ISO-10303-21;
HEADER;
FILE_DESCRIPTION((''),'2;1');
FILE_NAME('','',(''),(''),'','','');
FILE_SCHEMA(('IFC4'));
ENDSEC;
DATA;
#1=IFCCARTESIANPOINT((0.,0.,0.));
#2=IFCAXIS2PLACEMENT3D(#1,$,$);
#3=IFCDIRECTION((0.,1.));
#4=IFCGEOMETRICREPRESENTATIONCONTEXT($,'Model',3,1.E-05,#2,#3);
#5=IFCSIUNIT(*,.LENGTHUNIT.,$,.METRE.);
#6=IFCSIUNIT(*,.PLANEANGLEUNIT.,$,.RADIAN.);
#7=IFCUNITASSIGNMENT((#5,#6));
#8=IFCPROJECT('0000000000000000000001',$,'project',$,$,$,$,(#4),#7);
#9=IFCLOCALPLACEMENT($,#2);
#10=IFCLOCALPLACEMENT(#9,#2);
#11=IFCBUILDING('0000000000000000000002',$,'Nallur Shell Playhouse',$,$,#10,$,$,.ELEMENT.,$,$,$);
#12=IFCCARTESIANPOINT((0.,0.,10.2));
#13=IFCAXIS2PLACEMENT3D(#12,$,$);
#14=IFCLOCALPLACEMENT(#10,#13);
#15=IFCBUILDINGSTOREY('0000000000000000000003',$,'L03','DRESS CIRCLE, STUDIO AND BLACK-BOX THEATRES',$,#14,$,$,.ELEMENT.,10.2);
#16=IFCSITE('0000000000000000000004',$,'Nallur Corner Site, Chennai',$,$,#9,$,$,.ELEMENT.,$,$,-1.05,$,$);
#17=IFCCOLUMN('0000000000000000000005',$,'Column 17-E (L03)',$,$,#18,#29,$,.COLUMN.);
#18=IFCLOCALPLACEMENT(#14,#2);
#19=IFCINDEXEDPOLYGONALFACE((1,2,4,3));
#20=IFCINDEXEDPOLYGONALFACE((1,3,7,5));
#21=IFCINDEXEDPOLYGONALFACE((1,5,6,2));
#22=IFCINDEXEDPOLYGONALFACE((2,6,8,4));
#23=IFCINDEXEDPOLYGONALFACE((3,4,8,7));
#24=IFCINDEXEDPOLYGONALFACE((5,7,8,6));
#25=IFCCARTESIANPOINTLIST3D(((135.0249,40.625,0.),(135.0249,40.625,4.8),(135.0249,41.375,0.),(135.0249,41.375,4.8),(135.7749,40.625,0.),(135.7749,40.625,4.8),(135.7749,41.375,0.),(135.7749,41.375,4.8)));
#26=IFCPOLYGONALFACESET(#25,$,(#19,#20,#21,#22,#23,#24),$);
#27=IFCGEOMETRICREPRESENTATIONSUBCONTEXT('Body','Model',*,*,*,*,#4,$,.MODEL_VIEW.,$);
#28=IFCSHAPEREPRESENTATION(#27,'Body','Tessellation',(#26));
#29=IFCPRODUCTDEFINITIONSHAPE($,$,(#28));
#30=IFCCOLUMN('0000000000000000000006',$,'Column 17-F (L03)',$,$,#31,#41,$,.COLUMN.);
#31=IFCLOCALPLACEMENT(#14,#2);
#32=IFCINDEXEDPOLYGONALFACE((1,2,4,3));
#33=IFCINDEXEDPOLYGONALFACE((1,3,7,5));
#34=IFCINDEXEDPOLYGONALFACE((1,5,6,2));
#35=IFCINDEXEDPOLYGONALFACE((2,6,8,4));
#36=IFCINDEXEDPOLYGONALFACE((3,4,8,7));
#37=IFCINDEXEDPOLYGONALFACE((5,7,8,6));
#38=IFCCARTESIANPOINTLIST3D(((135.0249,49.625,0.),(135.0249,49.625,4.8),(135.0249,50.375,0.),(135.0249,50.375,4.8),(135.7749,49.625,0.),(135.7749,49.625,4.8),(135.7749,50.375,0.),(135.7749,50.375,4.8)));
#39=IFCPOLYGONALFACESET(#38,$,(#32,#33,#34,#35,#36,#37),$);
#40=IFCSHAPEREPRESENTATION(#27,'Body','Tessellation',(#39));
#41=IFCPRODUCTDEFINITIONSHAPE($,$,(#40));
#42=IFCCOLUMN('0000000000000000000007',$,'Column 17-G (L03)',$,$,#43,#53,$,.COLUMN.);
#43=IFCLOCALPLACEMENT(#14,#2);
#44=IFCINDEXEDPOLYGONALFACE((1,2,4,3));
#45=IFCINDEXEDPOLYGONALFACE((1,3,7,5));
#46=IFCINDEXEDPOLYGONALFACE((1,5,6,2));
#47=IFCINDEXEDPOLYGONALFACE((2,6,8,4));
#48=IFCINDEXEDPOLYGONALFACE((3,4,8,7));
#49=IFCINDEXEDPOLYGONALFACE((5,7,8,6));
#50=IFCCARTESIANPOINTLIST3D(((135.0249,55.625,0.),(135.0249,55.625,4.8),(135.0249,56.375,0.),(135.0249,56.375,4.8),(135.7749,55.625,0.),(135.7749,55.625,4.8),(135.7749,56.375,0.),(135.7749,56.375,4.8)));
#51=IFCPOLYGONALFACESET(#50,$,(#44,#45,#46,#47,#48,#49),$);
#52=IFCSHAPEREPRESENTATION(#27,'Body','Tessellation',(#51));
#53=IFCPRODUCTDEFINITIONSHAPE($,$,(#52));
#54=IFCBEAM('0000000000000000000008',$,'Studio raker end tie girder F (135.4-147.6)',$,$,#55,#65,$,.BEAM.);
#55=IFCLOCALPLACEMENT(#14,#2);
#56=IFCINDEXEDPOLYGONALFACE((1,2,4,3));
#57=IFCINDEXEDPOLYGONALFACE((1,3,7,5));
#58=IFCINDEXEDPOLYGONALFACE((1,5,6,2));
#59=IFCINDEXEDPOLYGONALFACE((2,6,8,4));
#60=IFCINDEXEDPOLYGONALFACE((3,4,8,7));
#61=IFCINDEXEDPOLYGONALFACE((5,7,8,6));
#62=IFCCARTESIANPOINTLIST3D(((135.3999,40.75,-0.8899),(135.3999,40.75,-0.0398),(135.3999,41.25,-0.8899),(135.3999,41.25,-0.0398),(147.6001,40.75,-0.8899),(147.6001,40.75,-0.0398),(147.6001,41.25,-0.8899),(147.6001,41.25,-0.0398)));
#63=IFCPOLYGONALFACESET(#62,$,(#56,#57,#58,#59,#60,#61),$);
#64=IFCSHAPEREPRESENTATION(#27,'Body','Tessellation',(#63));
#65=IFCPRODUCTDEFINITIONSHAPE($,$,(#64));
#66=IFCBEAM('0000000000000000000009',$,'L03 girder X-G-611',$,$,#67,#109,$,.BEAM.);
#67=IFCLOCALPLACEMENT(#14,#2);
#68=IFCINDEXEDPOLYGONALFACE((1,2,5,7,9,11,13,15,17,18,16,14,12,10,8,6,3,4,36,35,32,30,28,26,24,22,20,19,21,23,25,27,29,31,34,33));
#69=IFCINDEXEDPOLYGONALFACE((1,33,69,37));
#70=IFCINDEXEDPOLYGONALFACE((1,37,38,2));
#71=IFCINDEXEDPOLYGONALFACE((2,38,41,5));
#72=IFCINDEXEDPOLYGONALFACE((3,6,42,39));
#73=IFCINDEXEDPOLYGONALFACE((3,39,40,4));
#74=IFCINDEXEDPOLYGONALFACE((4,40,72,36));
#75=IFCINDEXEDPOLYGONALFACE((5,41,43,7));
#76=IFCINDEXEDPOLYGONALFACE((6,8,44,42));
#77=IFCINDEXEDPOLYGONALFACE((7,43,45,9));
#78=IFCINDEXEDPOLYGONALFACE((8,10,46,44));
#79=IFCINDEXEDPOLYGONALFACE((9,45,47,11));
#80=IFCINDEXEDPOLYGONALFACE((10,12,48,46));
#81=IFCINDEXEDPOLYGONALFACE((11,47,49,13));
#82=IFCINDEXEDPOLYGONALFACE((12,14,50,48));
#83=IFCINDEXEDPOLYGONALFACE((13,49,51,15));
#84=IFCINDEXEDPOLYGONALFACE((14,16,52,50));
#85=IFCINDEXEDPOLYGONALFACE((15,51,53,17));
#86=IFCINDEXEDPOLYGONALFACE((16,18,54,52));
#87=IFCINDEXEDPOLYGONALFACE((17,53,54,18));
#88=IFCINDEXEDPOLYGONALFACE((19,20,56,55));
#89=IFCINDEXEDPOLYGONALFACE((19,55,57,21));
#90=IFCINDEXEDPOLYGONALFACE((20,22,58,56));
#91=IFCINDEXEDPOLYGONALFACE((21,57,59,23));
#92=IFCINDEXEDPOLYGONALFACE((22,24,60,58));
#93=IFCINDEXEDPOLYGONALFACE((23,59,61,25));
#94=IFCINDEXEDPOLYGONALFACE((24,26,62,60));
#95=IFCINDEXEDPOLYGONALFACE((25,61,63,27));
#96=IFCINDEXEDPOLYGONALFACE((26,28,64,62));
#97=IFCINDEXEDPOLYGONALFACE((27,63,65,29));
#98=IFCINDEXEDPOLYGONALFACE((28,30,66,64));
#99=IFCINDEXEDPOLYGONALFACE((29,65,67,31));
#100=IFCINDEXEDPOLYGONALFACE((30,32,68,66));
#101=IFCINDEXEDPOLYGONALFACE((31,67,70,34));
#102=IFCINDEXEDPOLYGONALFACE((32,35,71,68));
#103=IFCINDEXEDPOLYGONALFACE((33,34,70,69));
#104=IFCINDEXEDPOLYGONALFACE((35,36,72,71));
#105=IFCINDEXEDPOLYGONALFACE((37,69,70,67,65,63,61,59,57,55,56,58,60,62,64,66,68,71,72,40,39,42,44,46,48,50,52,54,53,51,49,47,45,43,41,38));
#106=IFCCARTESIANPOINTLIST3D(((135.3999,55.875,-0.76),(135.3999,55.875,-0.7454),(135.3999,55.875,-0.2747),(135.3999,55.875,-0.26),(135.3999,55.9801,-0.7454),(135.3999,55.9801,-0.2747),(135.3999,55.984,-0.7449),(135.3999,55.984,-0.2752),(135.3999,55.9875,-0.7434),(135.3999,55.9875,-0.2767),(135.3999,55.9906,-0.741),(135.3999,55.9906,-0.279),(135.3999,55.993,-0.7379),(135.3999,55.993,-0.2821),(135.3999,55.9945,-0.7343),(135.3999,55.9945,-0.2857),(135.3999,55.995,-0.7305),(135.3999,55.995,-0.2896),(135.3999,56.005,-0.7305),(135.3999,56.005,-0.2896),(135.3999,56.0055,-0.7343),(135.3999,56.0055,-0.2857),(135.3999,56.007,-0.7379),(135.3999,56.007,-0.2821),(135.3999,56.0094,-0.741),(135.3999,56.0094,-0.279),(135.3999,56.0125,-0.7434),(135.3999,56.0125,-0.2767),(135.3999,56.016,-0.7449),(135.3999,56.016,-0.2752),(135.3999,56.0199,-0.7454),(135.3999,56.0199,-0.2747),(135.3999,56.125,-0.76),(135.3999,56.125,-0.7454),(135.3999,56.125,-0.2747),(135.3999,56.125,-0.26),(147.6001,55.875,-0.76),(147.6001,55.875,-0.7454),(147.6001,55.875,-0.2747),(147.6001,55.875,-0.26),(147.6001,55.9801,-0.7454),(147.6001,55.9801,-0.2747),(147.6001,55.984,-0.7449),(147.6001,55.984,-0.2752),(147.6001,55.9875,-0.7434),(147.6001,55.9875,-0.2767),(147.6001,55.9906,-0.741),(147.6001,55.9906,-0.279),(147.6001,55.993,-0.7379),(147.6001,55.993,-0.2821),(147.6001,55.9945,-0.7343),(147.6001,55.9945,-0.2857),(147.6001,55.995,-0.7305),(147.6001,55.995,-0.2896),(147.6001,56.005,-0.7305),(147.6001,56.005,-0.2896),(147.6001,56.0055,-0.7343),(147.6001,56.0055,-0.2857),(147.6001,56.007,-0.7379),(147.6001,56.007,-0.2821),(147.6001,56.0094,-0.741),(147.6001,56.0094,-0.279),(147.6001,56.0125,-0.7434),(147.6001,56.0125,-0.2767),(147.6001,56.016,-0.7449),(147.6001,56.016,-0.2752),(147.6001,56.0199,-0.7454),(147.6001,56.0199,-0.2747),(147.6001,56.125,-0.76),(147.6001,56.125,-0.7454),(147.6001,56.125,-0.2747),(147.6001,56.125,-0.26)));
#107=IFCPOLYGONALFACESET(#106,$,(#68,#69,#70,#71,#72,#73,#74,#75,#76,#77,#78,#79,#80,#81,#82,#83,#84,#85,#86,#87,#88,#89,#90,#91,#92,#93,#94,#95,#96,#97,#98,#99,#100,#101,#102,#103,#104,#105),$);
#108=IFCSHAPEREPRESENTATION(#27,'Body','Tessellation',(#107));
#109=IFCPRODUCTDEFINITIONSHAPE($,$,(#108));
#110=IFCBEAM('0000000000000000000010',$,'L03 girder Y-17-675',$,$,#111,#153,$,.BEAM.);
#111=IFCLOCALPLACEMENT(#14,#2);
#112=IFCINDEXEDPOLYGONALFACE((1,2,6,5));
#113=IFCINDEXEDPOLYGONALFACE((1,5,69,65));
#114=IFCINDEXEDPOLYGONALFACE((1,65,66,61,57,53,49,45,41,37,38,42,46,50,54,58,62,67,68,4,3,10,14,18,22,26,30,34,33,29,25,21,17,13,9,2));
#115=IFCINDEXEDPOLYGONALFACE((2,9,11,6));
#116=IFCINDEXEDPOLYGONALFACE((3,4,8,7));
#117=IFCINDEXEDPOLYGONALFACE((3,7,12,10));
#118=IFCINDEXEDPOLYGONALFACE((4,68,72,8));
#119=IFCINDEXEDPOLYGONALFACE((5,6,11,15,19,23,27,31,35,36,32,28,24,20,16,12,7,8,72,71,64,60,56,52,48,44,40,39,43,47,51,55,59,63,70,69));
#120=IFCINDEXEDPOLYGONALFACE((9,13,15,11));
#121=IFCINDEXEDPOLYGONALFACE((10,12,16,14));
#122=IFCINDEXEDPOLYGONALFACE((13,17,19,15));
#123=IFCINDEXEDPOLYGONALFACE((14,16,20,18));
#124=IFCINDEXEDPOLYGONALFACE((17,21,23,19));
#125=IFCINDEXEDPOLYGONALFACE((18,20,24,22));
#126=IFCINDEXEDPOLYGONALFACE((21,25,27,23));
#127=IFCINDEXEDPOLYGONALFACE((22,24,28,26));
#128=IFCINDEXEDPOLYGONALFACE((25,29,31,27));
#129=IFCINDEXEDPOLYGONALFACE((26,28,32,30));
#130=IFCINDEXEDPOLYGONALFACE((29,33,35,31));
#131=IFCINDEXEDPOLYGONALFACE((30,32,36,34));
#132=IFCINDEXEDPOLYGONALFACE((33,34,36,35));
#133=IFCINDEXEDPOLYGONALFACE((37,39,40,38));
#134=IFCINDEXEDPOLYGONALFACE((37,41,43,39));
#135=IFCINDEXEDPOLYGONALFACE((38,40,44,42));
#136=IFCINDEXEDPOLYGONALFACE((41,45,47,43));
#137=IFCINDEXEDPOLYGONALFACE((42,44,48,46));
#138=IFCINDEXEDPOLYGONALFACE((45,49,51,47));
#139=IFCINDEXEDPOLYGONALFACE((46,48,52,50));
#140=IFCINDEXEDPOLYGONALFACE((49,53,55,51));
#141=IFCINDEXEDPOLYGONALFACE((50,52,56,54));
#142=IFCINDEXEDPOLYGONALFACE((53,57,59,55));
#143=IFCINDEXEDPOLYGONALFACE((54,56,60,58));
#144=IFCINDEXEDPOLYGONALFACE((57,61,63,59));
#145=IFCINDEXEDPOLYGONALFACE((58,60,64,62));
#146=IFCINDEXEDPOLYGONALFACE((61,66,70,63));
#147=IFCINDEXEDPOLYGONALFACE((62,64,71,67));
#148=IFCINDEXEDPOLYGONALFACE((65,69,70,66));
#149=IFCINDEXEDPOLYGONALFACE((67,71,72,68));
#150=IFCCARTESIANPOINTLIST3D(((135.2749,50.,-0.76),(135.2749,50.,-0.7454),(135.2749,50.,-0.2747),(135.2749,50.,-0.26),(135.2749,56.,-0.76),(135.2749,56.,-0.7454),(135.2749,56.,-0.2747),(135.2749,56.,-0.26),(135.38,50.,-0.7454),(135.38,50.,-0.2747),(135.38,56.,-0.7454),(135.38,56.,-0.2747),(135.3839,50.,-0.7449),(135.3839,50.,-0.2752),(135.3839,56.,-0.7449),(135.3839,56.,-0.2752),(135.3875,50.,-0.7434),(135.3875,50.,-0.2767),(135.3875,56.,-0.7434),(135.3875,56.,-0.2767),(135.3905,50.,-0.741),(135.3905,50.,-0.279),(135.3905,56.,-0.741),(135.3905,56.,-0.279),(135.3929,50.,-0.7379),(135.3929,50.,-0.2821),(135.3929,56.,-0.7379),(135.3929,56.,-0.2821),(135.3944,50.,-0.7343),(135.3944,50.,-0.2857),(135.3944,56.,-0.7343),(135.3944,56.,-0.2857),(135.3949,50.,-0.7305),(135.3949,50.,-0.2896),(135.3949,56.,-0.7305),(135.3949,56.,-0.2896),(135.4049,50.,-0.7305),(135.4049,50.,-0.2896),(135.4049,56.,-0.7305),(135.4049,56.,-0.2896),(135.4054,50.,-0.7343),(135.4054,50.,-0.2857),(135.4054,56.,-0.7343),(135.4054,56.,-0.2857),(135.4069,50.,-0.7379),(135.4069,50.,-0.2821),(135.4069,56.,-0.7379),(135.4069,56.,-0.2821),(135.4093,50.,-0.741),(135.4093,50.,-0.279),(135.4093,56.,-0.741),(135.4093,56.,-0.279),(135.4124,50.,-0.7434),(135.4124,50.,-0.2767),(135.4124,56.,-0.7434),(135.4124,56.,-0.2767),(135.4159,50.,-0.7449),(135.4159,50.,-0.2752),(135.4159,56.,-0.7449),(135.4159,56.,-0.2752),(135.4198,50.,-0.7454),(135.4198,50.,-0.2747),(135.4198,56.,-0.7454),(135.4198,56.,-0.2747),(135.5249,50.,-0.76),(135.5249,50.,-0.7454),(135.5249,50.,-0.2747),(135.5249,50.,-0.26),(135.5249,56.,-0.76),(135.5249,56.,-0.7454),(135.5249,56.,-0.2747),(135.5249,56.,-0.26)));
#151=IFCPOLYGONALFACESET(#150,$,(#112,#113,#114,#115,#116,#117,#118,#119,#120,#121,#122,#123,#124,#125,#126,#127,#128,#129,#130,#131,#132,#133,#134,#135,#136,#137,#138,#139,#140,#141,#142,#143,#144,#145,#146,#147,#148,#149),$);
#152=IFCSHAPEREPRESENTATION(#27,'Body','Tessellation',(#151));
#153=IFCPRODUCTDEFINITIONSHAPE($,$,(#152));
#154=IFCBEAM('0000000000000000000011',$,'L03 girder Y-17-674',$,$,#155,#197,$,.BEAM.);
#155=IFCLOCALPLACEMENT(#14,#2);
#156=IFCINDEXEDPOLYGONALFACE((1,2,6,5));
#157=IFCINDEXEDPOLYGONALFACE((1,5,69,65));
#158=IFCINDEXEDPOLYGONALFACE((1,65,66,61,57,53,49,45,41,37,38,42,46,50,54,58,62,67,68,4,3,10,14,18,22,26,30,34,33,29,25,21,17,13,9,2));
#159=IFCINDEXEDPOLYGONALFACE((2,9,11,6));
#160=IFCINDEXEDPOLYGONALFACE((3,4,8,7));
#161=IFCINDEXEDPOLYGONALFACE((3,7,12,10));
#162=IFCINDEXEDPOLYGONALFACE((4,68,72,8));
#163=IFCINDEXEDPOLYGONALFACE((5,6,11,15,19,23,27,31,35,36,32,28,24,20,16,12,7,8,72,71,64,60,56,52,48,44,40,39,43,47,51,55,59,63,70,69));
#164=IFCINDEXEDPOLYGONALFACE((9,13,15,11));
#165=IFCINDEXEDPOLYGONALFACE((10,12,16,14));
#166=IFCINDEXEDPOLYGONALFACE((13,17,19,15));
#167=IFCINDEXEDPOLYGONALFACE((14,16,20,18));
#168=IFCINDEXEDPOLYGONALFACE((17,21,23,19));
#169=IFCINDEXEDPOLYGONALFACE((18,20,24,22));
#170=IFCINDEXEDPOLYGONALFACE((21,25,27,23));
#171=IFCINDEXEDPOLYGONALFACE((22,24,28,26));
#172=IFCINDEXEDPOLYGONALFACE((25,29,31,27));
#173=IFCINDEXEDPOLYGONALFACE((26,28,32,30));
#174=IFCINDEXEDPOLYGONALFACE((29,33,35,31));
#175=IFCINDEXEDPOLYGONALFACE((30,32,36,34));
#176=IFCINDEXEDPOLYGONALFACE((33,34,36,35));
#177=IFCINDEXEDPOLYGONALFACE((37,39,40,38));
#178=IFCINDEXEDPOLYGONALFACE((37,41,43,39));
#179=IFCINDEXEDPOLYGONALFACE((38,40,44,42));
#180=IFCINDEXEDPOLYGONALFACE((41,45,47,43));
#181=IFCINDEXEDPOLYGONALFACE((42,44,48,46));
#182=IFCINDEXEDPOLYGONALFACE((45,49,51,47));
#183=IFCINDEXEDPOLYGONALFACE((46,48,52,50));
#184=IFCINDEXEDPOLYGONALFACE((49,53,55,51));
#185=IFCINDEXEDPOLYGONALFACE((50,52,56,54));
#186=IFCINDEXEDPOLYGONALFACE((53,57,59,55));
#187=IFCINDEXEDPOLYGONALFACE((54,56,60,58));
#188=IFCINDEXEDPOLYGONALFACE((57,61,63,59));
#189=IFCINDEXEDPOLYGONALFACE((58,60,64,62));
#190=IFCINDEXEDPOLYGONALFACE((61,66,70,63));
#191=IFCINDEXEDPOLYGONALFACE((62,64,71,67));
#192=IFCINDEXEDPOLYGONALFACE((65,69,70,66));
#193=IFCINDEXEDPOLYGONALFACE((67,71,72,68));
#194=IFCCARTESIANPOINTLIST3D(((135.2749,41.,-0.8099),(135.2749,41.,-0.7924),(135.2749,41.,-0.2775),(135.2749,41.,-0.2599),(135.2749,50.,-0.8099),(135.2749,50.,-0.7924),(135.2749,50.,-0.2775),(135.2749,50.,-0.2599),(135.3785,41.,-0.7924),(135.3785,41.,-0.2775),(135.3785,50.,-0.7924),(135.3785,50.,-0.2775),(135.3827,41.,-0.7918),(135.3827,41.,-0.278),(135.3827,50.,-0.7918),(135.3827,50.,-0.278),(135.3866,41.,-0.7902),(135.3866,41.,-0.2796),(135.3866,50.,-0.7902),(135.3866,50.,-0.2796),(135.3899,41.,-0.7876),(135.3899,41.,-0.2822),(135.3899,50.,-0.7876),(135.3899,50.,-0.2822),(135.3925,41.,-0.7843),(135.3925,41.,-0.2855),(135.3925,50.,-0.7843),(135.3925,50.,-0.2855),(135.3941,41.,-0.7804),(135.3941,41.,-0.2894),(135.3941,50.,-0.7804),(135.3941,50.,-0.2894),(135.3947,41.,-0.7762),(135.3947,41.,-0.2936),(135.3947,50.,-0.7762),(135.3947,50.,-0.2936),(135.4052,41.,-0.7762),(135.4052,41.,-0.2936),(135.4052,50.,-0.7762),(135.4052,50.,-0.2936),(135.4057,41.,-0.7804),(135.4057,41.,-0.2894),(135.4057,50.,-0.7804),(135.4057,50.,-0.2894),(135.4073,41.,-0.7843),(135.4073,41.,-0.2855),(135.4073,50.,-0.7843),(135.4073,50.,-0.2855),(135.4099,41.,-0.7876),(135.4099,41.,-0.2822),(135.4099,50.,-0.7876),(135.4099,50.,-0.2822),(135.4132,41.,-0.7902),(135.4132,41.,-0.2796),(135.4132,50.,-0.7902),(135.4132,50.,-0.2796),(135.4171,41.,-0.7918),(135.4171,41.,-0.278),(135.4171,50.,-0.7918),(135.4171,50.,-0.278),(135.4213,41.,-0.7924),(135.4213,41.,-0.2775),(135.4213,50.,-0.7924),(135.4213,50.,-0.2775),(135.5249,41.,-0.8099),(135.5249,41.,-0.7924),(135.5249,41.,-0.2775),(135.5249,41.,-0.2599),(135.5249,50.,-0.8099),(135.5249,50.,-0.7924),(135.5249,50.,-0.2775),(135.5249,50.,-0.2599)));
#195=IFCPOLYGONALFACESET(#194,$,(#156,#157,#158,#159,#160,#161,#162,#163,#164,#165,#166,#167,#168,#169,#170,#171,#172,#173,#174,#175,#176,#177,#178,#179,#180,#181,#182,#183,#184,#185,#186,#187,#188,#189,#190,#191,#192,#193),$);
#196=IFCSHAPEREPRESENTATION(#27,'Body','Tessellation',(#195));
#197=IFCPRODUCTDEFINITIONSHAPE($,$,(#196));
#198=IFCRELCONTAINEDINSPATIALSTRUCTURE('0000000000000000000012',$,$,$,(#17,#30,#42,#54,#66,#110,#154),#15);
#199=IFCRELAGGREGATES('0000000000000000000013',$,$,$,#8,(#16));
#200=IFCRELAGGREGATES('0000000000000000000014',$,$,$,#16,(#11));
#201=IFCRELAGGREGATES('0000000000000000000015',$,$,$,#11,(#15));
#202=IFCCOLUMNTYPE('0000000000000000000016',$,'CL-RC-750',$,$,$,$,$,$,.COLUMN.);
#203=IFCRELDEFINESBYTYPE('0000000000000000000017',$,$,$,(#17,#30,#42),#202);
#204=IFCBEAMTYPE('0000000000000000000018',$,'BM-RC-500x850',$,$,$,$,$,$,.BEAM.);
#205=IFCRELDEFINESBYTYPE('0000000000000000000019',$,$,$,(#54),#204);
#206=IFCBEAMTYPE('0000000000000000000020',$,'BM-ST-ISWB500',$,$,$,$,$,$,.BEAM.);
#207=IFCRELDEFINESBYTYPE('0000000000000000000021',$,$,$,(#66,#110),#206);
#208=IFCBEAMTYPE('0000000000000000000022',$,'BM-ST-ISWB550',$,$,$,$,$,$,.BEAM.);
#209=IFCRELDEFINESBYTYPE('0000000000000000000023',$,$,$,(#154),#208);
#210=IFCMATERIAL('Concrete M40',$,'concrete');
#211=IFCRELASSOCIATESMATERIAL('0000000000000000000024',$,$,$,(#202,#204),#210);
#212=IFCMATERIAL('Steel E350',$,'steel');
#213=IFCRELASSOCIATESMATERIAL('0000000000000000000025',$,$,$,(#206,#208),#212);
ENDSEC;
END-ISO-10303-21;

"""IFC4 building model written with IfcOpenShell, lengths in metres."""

from ifc_helpers import new_model, si_unit, direction, frame, origin, origin_2d, place, context, subcontext, project, spatial, rectangle, i_section, extrude, material, material_profile, profile_set, type_object, element, save


model = new_model("IFC4")

# Units and contexts
model_context = context("Model", 3, precision=1e-05, world=origin(), true_north=direction((0.0, 1.0)))
body_context = subcontext(model_context, "Body", "Model", "MODEL_VIEW")
ifc_project = project(units=[si_unit("LENGTHUNIT", "METRE"), si_unit("PLANEANGLEUNIT", "RADIAN")], contexts=[model_context])

# Site, building, storey
site_placement = place(None, origin())
site = spatial("IfcSite", under=ifc_project, at=site_placement, Name="Nallur Corner Site, Chennai", CompositionType="ELEMENT", RefElevation=-1.05)
building_placement = place(site_placement, origin())
building = spatial("IfcBuilding", under=site, at=building_placement, Name="Nallur Shell Playhouse", CompositionType="ELEMENT")
storey_placement = place(building_placement, frame((0.0, 0.0, 10.2)))
storey = spatial("IfcBuildingStorey", under=building, at=storey_placement, Name="L03", Description="DRESS CIRCLE, STUDIO AND BLACK-BOX THEATRES", CompositionType="ELEMENT", Elevation=10.2)

# Columns
ifc_material_1 = material(Name="Concrete M40", Category="concrete")
ifc_material_profile_1 = material_profile(ifc_material_1, rectangle(XDim=0.75, YDim=0.75, at=origin_2d()), Name="RC 750x750")
ifc_profile_set_1 = profile_set([ifc_material_profile_1], Name="Concrete M40")
column_type = type_object("IfcColumnType", Name="CL-RC-750", PredefinedType="COLUMN", material=ifc_profile_set_1)
for number, where, z_axis, x_axis, name in (
    (1, (135.3999, 41.0, 0.0), (0.0, 0.0, 1.0), (1.0, 0.0, 0.0), "Column 17-E (L03)"),
    (2, (135.3999, 50.0, 0.0), (0.0, 0.0, 1.0), (1.0, 0.0, 0.0), "Column 17-F (L03)"),
    (3, (135.3999, 56.0, 0.0), (0.0, 0.0, 1.0), (1.0, 0.0, 0.0), "Column 17-G (L03)"),
):
    element("IfcColumn", number, at=place(storey_placement, frame(where, z_axis=z_axis, x_axis=x_axis)), inside=storey, type_object=column_type, Name=name, PredefinedType="COLUMN", context=body_context, shape_type="SweptSolid", body=[
        extrude(rectangle(XDim=0.75, YDim=0.75, at=origin_2d()), origin(), (0.0, 0.0, 1.0), 4.8),
    ])

# Beams
ifc_material_profile_2 = material_profile(ifc_material_1, rectangle(XDim=0.5, YDim=0.8501, at=origin_2d()), Name="RC 500x850")
ifc_profile_set_2 = profile_set([ifc_material_profile_2], Name="Concrete M40")
beam_type_1 = type_object("IfcBeamType", Name="BM-RC-500x850", PredefinedType="BEAM", material=ifc_profile_set_2)
beam_1_placement = place(storey_placement, frame((135.3999, 41.0, -0.4648), z_axis=(1.0, 0.0, 0.0), x_axis=(0.0, 1.0, 0.0)))
element("IfcBeam", 4, at=beam_1_placement, inside=storey, type_object=beam_type_1, Name="Studio raker end tie girder F (135.4-147.6)", PredefinedType="BEAM", context=body_context, shape_type="SweptSolid", body=[
    extrude(rectangle(XDim=0.5, YDim=0.8501, at=origin_2d()), origin(), (0.0, 0.0, 1.0), 12.2002),
])
ifc_material_2 = material(Name="Steel E350", Category="steel")
ifc_material_profile_3 = material_profile(ifc_material_2, i_section(OverallWidth=0.25, OverallDepth=0.5, WebThickness=0.01, FlangeThickness=0.0146, FilletRadius=0.0149, at=origin_2d()), Name="ISWB 500")
ifc_profile_set_3 = profile_set([ifc_material_profile_3], Name="Steel E350")
beam_type_2 = type_object("IfcBeamType", Name="BM-ST-ISWB500", PredefinedType="BEAM", material=ifc_profile_set_3)
beam_2_placement = place(storey_placement, frame((135.3999, 56.0, -0.51), z_axis=(1.0, 0.0, 0.0), x_axis=(0.0, 1.0, 0.0)))
element("IfcBeam", 5, at=beam_2_placement, inside=storey, type_object=beam_type_2, Name="L03 girder X-G-611", PredefinedType="BEAM", context=body_context, shape_type="SweptSolid", body=[
    extrude(i_section(OverallWidth=0.25, OverallDepth=0.5, WebThickness=0.01, FlangeThickness=0.0146, FilletRadius=0.0149, at=origin_2d()), origin(), (0.0, 0.0, 1.0), 12.2002),
])
beam_3_placement = place(storey_placement, frame((135.3999, 50.0, -0.51), z_axis=(0.0, 1.0, 0.0), x_axis=(-1.0, 0.0, 0.0)))
element("IfcBeam", 6, at=beam_3_placement, inside=storey, type_object=beam_type_2, Name="L03 girder Y-17-675", PredefinedType="BEAM", context=body_context, shape_type="SweptSolid", body=[
    extrude(i_section(OverallWidth=0.25, OverallDepth=0.5, WebThickness=0.01, FlangeThickness=0.0146, FilletRadius=0.0149, at=origin_2d()), origin(), (0.0, 0.0, 1.0), 6.0),
])
ifc_material_profile_4 = material_profile(ifc_material_2, i_section(OverallWidth=0.25, OverallDepth=0.55, WebThickness=0.0105, FlangeThickness=0.0176, FilletRadius=0.0161, at=origin_2d()), Name="ISWB 550")
ifc_profile_set_4 = profile_set([ifc_material_profile_4], Name="Steel E350")
beam_type_3 = type_object("IfcBeamType", Name="BM-ST-ISWB550", PredefinedType="BEAM", material=ifc_profile_set_4)
beam_4_placement = place(storey_placement, frame((135.3999, 41.0, -0.5349), z_axis=(0.0, 1.0, 0.0), x_axis=(-1.0, 0.0, 0.0)))
element("IfcBeam", 7, at=beam_4_placement, inside=storey, type_object=beam_type_3, Name="L03 girder Y-17-674", PredefinedType="BEAM", context=body_context, shape_type="SweptSolid", body=[
    extrude(i_section(OverallWidth=0.25, OverallDepth=0.55, WebThickness=0.0105, FlangeThickness=0.0176, FilletRadius=0.0161, at=origin_2d()), origin(), (0.0, 0.0, 1.0), 9.0),
])

save(model, "model.ifc")
